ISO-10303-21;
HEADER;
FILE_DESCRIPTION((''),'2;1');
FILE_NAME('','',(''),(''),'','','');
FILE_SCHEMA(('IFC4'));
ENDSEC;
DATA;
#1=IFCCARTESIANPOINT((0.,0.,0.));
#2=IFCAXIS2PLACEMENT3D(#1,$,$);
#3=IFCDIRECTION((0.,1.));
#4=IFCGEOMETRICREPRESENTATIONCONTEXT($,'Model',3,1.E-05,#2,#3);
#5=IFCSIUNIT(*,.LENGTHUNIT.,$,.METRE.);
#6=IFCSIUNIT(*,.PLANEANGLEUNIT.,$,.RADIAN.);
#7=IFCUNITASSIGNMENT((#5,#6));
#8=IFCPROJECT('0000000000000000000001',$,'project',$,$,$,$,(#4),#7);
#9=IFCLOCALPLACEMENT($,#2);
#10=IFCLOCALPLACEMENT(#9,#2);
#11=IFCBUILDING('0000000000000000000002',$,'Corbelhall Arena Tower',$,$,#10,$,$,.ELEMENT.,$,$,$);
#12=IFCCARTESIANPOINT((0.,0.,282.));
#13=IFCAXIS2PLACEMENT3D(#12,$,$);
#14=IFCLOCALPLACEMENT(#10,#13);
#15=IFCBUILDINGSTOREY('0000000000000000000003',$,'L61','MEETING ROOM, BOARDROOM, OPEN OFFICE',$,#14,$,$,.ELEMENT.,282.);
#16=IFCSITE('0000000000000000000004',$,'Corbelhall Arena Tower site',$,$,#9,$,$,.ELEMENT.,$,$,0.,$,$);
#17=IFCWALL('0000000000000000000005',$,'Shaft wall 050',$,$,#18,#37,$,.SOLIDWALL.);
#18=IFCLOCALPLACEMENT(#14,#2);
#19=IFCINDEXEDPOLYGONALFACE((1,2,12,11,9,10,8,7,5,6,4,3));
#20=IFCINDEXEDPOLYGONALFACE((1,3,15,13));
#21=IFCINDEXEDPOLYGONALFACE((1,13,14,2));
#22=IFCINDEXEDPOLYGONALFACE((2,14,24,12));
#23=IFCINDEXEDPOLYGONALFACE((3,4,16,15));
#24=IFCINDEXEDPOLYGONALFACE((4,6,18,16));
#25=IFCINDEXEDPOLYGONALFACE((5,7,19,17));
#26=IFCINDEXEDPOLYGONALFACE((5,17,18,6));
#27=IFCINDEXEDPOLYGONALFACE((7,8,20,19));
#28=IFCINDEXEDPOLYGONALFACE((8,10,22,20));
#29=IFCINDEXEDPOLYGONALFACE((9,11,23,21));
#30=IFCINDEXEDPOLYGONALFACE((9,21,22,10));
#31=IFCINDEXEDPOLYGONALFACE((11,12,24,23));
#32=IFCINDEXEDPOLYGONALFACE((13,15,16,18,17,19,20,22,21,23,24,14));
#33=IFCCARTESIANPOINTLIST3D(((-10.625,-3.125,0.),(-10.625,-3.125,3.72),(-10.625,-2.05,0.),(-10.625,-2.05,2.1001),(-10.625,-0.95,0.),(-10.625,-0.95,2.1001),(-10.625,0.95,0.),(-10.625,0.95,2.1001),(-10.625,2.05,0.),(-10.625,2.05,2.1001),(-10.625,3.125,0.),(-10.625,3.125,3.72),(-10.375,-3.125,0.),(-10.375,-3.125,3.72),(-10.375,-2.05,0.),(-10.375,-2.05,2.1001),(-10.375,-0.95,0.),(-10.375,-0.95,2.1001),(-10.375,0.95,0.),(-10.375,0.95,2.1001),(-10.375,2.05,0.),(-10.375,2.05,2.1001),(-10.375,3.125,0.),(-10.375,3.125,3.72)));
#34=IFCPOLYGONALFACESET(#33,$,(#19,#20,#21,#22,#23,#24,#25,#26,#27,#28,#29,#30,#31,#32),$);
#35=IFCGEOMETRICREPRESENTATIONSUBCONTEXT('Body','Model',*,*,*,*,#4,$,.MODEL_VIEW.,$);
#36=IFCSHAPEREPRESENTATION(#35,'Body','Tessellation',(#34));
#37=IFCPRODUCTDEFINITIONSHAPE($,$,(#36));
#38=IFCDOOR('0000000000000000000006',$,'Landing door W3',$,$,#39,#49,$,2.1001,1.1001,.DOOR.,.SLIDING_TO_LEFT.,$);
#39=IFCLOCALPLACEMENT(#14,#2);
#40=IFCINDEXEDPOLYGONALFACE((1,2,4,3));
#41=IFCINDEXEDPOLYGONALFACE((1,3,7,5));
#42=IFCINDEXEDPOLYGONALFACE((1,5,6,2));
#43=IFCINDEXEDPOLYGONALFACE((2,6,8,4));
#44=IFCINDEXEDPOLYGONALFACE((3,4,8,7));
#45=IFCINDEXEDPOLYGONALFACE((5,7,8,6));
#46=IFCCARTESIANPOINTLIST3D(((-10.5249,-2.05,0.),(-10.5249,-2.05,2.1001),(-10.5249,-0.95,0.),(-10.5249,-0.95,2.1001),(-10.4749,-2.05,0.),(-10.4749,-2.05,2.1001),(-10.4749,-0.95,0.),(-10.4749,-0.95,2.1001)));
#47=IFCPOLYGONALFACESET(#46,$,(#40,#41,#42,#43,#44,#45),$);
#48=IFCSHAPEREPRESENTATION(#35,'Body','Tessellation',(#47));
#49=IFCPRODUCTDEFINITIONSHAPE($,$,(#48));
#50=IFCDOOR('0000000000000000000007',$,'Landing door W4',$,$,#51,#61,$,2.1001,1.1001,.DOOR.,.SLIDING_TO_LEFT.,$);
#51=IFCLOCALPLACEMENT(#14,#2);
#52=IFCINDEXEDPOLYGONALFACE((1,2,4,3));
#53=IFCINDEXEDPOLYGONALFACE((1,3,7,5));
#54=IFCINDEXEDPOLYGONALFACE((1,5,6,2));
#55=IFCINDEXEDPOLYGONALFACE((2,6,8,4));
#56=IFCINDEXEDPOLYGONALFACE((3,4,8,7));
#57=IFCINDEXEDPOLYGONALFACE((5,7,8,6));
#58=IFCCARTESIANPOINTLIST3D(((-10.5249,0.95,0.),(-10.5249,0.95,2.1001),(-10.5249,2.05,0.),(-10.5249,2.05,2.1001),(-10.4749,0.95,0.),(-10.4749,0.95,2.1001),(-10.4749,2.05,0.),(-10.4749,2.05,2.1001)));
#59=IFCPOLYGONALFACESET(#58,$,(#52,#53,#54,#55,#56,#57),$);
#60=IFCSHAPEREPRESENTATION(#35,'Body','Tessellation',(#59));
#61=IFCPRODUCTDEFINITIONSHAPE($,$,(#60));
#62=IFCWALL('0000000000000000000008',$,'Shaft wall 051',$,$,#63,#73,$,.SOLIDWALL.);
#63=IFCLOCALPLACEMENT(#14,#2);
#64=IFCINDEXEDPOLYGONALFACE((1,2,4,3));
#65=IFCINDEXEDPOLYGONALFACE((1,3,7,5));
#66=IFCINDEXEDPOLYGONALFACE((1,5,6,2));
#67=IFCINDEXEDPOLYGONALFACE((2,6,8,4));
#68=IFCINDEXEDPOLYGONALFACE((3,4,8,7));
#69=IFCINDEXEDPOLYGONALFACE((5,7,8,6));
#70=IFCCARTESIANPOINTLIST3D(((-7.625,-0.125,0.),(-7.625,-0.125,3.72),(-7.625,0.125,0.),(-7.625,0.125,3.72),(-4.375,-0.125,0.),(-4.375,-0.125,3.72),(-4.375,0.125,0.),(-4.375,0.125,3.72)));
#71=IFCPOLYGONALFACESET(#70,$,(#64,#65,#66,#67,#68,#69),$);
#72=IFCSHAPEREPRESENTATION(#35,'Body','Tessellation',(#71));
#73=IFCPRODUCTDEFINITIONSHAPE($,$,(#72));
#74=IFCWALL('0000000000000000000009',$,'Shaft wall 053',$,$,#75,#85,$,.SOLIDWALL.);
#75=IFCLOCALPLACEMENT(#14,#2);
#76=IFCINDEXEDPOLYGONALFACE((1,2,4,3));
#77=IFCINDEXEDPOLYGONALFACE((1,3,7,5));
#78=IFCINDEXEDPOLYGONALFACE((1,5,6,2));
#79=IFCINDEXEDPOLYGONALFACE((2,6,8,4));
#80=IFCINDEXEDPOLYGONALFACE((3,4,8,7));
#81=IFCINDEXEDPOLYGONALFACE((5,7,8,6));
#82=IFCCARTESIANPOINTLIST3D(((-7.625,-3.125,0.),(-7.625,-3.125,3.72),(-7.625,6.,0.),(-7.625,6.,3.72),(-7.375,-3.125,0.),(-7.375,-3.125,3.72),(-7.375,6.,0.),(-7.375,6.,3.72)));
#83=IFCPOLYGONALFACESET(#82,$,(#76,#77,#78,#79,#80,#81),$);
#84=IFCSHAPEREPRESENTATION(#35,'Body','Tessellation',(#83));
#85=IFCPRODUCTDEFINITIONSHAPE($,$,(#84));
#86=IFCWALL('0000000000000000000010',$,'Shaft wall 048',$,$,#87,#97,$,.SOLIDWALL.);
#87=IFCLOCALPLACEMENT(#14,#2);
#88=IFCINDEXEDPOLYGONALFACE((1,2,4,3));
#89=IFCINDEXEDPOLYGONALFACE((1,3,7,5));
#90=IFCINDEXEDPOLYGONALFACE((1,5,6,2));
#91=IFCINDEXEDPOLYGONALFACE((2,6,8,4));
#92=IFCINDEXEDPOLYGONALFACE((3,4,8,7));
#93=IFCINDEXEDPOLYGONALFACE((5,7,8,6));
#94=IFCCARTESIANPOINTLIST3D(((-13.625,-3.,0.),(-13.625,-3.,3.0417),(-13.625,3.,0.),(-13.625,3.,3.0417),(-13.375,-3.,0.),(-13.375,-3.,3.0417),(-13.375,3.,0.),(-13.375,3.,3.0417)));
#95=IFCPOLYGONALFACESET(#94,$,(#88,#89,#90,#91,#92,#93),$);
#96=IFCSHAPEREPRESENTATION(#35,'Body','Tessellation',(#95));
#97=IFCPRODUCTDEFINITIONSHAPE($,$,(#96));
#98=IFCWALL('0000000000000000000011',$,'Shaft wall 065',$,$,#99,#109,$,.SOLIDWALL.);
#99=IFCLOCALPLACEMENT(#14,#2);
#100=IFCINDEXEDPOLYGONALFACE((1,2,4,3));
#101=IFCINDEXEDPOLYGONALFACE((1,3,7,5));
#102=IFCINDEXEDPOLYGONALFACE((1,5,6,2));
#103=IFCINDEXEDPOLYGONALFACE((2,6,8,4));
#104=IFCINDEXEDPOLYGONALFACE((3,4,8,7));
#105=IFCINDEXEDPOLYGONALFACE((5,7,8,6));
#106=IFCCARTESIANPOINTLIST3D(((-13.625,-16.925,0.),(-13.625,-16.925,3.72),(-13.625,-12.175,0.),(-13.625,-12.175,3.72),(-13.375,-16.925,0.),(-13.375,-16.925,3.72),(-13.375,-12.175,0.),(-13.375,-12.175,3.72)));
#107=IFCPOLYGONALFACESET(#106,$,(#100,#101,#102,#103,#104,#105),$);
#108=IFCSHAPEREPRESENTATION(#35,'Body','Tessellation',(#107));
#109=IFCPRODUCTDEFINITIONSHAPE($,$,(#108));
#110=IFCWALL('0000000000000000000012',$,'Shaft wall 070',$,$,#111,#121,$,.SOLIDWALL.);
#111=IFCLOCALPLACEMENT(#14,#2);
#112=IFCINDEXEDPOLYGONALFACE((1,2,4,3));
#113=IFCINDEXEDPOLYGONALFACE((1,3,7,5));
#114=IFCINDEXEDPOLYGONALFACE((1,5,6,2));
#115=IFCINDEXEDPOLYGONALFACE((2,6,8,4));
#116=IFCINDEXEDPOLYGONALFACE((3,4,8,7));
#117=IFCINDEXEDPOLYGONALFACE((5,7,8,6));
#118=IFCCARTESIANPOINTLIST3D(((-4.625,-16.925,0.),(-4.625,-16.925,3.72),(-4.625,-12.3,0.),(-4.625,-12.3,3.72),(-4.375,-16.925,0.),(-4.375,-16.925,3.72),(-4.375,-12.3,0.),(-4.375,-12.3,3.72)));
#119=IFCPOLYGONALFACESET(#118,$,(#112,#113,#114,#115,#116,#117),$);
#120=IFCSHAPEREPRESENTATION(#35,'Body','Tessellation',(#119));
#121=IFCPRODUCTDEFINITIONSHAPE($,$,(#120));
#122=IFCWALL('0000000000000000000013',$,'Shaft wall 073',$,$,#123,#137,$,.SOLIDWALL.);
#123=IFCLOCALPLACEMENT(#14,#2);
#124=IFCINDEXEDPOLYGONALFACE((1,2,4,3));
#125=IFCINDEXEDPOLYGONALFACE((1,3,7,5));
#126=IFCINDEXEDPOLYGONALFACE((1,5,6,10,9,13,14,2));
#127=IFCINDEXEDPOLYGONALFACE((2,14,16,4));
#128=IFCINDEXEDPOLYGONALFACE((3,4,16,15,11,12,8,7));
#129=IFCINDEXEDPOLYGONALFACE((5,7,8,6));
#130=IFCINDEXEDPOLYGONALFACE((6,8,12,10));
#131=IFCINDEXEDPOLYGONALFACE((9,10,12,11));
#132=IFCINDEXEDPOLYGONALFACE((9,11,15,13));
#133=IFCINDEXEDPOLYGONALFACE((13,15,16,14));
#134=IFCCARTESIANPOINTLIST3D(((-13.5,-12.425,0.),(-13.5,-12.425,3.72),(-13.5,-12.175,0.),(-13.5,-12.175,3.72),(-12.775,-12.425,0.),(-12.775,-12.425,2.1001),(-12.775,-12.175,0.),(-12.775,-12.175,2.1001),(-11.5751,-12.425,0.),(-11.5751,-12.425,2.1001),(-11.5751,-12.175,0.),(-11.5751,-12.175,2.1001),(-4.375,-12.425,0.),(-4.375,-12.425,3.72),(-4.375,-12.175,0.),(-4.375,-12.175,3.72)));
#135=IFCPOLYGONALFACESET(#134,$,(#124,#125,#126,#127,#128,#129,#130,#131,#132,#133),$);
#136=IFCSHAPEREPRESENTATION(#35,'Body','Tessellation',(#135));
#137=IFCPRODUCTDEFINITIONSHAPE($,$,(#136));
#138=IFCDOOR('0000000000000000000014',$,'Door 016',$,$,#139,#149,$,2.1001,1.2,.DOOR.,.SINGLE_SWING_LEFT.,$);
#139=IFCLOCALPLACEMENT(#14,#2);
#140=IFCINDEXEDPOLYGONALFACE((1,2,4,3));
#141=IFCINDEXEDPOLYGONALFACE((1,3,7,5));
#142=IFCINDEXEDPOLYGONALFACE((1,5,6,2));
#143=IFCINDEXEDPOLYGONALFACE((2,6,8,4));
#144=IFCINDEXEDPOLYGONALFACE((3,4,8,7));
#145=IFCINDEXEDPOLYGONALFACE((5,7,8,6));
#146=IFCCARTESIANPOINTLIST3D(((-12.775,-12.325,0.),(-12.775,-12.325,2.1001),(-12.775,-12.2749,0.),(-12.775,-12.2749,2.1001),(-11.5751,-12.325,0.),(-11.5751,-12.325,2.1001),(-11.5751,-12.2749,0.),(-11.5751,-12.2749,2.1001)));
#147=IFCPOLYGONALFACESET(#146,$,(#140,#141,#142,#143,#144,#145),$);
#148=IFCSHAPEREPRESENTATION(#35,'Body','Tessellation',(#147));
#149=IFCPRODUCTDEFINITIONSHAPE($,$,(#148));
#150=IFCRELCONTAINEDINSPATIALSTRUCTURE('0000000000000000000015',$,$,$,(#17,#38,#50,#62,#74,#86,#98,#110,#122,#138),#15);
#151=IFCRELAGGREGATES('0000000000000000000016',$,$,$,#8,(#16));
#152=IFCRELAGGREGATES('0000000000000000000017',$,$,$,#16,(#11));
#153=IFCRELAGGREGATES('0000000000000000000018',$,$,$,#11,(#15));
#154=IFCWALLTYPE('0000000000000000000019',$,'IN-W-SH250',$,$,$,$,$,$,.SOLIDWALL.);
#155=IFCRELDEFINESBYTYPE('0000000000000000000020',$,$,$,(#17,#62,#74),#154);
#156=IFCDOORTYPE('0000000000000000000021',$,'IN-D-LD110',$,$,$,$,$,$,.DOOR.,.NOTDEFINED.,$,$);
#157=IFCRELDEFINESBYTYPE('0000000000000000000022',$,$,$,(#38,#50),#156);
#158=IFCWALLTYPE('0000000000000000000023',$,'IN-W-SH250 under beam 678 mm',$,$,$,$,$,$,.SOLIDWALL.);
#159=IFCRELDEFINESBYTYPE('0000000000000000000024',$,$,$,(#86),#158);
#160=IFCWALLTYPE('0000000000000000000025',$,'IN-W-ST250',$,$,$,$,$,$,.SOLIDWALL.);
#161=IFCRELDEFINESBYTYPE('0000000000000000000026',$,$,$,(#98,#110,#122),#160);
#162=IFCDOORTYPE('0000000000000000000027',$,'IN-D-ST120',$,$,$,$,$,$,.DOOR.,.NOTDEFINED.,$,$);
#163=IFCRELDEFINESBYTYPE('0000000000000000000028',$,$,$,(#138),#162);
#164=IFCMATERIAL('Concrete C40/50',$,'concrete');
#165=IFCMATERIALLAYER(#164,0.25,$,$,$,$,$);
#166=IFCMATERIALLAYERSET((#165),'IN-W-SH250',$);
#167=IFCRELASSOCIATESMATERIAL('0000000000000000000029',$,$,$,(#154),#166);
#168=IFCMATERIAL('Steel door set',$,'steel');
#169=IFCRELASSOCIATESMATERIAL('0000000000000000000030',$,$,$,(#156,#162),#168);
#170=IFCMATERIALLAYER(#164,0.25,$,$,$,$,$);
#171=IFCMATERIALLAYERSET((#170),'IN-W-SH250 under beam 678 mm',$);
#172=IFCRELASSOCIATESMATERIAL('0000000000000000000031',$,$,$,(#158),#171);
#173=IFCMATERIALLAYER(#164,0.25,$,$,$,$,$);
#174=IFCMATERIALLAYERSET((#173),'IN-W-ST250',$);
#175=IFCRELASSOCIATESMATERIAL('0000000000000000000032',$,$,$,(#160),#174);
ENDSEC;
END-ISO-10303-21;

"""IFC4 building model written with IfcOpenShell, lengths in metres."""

from ifc_helpers import new_model, si_unit, direction, frame, frame_2d, origin, place, context, subcontext, project, spatial, rectangle, extrude, material, layer, layer_set, type_object, element, fill, save


model = new_model("IFC4")

# Units and contexts
model_context = context("Model", 3, precision=1e-05, world=origin(), true_north=direction((0.0, 1.0)))
body_context = subcontext(model_context, "Body", "Model", "MODEL_VIEW")
ifc_project = project(units=[si_unit("LENGTHUNIT", "METRE"), si_unit("PLANEANGLEUNIT", "RADIAN")], contexts=[model_context])

# Site, building, storey
site_placement = place(None, origin())
site = spatial("IfcSite", under=ifc_project, at=site_placement, Name="Corbelhall Arena Tower site", CompositionType="ELEMENT", RefElevation=0.0)
building_placement = place(site_placement, origin())
building = spatial("IfcBuilding", under=site, at=building_placement, Name="Corbelhall Arena Tower", CompositionType="ELEMENT")
storey_placement = place(building_placement, frame((0.0, 0.0, 282.0)))
storey = spatial("IfcBuildingStorey", under=building, at=storey_placement, Name="L61", Description="MEETING ROOM, BOARDROOM, OPEN OFFICE", CompositionType="ELEMENT", Elevation=282.0)

# Wall, openings, doors
ifc_material_1 = material(Name="Concrete C40/50", Category="concrete")
ifc_layer_1 = layer(ifc_material_1, 0.25)
ifc_layer_set_1 = layer_set([ifc_layer_1], Name="IN-W-SH250")
wall_type_1 = type_object("IfcWallType", Name="IN-W-SH250", PredefinedType="SOLIDWALL", material=ifc_layer_set_1)
wall_1_placement = place(storey_placement, frame((-10.5, -3.125, 0.0), z_axis=(0.0, 0.0, 1.0), x_axis=(0.0, 1.0, 0.0)))
wall_1 = element("IfcWall", 1, at=wall_1_placement, inside=storey, type_object=wall_type_1, Name="Shaft wall 050", PredefinedType="SOLIDWALL", context=body_context, shape_type="SweptSolid", body=[
    extrude(rectangle(XDim=6.25, YDim=0.25, at=frame_2d((3.125, 0.0))), origin(), (0.0, 0.0, 1.0), 3.72),
])
opening_1_placement = place(wall_1_placement, frame((1.075, 0.0, 0.0)))
opening_1 = element("IfcOpeningElement", 2, at=opening_1_placement, cuts=wall_1, PredefinedType="OPENING", context=body_context, shape_type="SweptSolid", body=[
    extrude(rectangle(XDim=1.1001, YDim=2.1001, at=frame_2d((0.55, 1.05))), frame((0.0, 0.125, 0.0), z_axis=(0.0, -1.0, 0.0), x_axis=(1.0, 0.0, 0.0)), (0.0, 0.0, 1.0), 0.25),
])
opening_2_placement = place(wall_1_placement, frame((4.075, 0.0, 0.0)))
opening_2 = element("IfcOpeningElement", 3, at=opening_2_placement, cuts=wall_1, PredefinedType="OPENING", context=body_context, shape_type="SweptSolid", body=[
    extrude(rectangle(XDim=1.1001, YDim=2.1001, at=frame_2d((0.55, 1.05))), frame((0.0, 0.125, 0.0), z_axis=(0.0, -1.0, 0.0), x_axis=(1.0, 0.0, 0.0)), (0.0, 0.0, 1.0), 0.25),
])
ifc_material_2 = material(Name="Steel door set", Category="steel")
door_type_1 = type_object("IfcDoorType", Name="IN-D-LD110", OperationType="NOTDEFINED", PredefinedType="DOOR", material=ifc_material_2)
door_1_placement = place(opening_1_placement, origin())
door_1 = element("IfcDoor", 4, at=door_1_placement, inside=storey, type_object=door_type_1, Name="Landing door W3", OperationType="SLIDING_TO_LEFT", OverallHeight=2.1001, OverallWidth=1.1001, PredefinedType="DOOR", context=body_context, shape_type="SweptSolid", body=[
    extrude(rectangle(XDim=1.1001, YDim=2.1001, at=frame_2d((0.55, 1.05))), frame((0.0, 0.0249, 0.0), z_axis=(0.0, -1.0, 0.0), x_axis=(1.0, 0.0, 0.0)), (0.0, 0.0, 1.0), 0.05),
])
fill(opening_1, door_1)
door_2_placement = place(opening_2_placement, origin())
door_2 = element("IfcDoor", 5, at=door_2_placement, inside=storey, type_object=door_type_1, Name="Landing door W4", OperationType="SLIDING_TO_LEFT", OverallHeight=2.1001, OverallWidth=1.1001, PredefinedType="DOOR", context=body_context, shape_type="SweptSolid", body=[
    extrude(rectangle(XDim=1.1001, YDim=2.1001, at=frame_2d((0.55, 1.05))), frame((0.0, 0.0249, 0.0), z_axis=(0.0, -1.0, 0.0), x_axis=(1.0, 0.0, 0.0)), (0.0, 0.0, 1.0), 0.05),
])
fill(opening_2, door_2)

# Walls
wall_2_placement = place(storey_placement, frame((-7.625, 0.0, 0.0), z_axis=(0.0, 0.0, 1.0), x_axis=(1.0, 0.0, 0.0)))
element("IfcWall", 6, at=wall_2_placement, inside=storey, type_object=wall_type_1, Name="Shaft wall 051", PredefinedType="SOLIDWALL", context=body_context, shape_type="SweptSolid", body=[
    extrude(rectangle(XDim=3.25, YDim=0.25, at=frame_2d((1.625, 0.0))), origin(), (0.0, 0.0, 1.0), 3.72),
])
wall_3_placement = place(storey_placement, frame((-7.5, -3.125, 0.0), z_axis=(0.0, 0.0, 1.0), x_axis=(0.0, 1.0, 0.0)))
element("IfcWall", 7, at=wall_3_placement, inside=storey, type_object=wall_type_1, Name="Shaft wall 053", PredefinedType="SOLIDWALL", context=body_context, shape_type="SweptSolid", body=[
    extrude(rectangle(XDim=9.125, YDim=0.25, at=frame_2d((4.5625, 0.0))), origin(), (0.0, 0.0, 1.0), 3.72),
])
ifc_layer_2 = layer(ifc_material_1, 0.25)
ifc_layer_set_2 = layer_set([ifc_layer_2], Name="IN-W-SH250 under beam 678 mm")
wall_type_2 = type_object("IfcWallType", Name="IN-W-SH250 under beam 678 mm", PredefinedType="SOLIDWALL", material=ifc_layer_set_2)
wall_4_placement = place(storey_placement, frame((-13.5, -3.0, 0.0), z_axis=(0.0, 0.0, 1.0), x_axis=(0.0, 1.0, 0.0)))
element("IfcWall", 8, at=wall_4_placement, inside=storey, type_object=wall_type_2, Name="Shaft wall 048", PredefinedType="SOLIDWALL", context=body_context, shape_type="SweptSolid", body=[
    extrude(rectangle(XDim=6.0, YDim=0.25, at=frame_2d((3.0, 0.0))), origin(), (0.0, 0.0, 1.0), 3.0417),
])
ifc_layer_3 = layer(ifc_material_1, 0.25)
ifc_layer_set_3 = layer_set([ifc_layer_3], Name="IN-W-ST250")
wall_type_3 = type_object("IfcWallType", Name="IN-W-ST250", PredefinedType="SOLIDWALL", material=ifc_layer_set_3)
wall_5_placement = place(storey_placement, frame((-13.5, -12.175, 0.0), z_axis=(0.0, 0.0, 1.0), x_axis=(0.0, -1.0, 0.0)))
element("IfcWall", 9, at=wall_5_placement, inside=storey, type_object=wall_type_3, Name="Shaft wall 065", PredefinedType="SOLIDWALL", context=body_context, shape_type="SweptSolid", body=[
    extrude(rectangle(XDim=4.75, YDim=0.25, at=frame_2d((2.375, 0.0))), origin(), (0.0, 0.0, 1.0), 3.72),
])
wall_6_placement = place(storey_placement, frame((-4.5, -12.3, 0.0), z_axis=(0.0, 0.0, 1.0), x_axis=(0.0, -1.0, 0.0)))
element("IfcWall", 10, at=wall_6_placement, inside=storey, type_object=wall_type_3, Name="Shaft wall 070", PredefinedType="SOLIDWALL", context=body_context, shape_type="SweptSolid", body=[
    extrude(rectangle(XDim=4.625, YDim=0.25, at=frame_2d((2.3125, 0.0))), origin(), (0.0, 0.0, 1.0), 3.72),
])

# Wall, opening, door
wall_7_placement = place(storey_placement, frame((-4.375, -12.3, 0.0), z_axis=(0.0, 0.0, 1.0), x_axis=(-1.0, 0.0, 0.0)))
wall_7 = element("IfcWall", 11, at=wall_7_placement, inside=storey, type_object=wall_type_3, Name="Shaft wall 073", PredefinedType="SOLIDWALL", context=body_context, shape_type="SweptSolid", body=[
    extrude(rectangle(XDim=9.125, YDim=0.25, at=frame_2d((4.5625, 0.0))), origin(), (0.0, 0.0, 1.0), 3.72),
])
opening_3_placement = place(wall_7_placement, frame((7.2, 0.0, 0.0)))
opening_3 = element("IfcOpeningElement", 12, at=opening_3_placement, cuts=wall_7, PredefinedType="OPENING", context=body_context, shape_type="SweptSolid", body=[
    extrude(rectangle(XDim=1.2, YDim=2.1001, at=frame_2d((0.6001, 1.05))), frame((0.0, 0.125, 0.0), z_axis=(0.0, -1.0, 0.0), x_axis=(1.0, 0.0, 0.0)), (0.0, 0.0, 1.0), 0.25),
])
door_type_2 = type_object("IfcDoorType", Name="IN-D-ST120", OperationType="NOTDEFINED", PredefinedType="DOOR", material=ifc_material_2)
door_3_placement = place(opening_3_placement, origin())
door_3 = element("IfcDoor", 13, at=door_3_placement, inside=storey, type_object=door_type_2, Name="Door 016", OperationType="SINGLE_SWING_LEFT", OverallHeight=2.1001, OverallWidth=1.2, PredefinedType="DOOR", context=body_context, shape_type="SweptSolid", body=[
    extrude(rectangle(XDim=1.2, YDim=2.1001, at=frame_2d((0.6001, 1.05))), frame((0.0, 0.0249, 0.0), z_axis=(0.0, -1.0, 0.0), x_axis=(1.0, 0.0, 0.0)), (0.0, 0.0, 1.0), 0.05),
])
fill(opening_3, door_3)

save(model, "model.ifc")
